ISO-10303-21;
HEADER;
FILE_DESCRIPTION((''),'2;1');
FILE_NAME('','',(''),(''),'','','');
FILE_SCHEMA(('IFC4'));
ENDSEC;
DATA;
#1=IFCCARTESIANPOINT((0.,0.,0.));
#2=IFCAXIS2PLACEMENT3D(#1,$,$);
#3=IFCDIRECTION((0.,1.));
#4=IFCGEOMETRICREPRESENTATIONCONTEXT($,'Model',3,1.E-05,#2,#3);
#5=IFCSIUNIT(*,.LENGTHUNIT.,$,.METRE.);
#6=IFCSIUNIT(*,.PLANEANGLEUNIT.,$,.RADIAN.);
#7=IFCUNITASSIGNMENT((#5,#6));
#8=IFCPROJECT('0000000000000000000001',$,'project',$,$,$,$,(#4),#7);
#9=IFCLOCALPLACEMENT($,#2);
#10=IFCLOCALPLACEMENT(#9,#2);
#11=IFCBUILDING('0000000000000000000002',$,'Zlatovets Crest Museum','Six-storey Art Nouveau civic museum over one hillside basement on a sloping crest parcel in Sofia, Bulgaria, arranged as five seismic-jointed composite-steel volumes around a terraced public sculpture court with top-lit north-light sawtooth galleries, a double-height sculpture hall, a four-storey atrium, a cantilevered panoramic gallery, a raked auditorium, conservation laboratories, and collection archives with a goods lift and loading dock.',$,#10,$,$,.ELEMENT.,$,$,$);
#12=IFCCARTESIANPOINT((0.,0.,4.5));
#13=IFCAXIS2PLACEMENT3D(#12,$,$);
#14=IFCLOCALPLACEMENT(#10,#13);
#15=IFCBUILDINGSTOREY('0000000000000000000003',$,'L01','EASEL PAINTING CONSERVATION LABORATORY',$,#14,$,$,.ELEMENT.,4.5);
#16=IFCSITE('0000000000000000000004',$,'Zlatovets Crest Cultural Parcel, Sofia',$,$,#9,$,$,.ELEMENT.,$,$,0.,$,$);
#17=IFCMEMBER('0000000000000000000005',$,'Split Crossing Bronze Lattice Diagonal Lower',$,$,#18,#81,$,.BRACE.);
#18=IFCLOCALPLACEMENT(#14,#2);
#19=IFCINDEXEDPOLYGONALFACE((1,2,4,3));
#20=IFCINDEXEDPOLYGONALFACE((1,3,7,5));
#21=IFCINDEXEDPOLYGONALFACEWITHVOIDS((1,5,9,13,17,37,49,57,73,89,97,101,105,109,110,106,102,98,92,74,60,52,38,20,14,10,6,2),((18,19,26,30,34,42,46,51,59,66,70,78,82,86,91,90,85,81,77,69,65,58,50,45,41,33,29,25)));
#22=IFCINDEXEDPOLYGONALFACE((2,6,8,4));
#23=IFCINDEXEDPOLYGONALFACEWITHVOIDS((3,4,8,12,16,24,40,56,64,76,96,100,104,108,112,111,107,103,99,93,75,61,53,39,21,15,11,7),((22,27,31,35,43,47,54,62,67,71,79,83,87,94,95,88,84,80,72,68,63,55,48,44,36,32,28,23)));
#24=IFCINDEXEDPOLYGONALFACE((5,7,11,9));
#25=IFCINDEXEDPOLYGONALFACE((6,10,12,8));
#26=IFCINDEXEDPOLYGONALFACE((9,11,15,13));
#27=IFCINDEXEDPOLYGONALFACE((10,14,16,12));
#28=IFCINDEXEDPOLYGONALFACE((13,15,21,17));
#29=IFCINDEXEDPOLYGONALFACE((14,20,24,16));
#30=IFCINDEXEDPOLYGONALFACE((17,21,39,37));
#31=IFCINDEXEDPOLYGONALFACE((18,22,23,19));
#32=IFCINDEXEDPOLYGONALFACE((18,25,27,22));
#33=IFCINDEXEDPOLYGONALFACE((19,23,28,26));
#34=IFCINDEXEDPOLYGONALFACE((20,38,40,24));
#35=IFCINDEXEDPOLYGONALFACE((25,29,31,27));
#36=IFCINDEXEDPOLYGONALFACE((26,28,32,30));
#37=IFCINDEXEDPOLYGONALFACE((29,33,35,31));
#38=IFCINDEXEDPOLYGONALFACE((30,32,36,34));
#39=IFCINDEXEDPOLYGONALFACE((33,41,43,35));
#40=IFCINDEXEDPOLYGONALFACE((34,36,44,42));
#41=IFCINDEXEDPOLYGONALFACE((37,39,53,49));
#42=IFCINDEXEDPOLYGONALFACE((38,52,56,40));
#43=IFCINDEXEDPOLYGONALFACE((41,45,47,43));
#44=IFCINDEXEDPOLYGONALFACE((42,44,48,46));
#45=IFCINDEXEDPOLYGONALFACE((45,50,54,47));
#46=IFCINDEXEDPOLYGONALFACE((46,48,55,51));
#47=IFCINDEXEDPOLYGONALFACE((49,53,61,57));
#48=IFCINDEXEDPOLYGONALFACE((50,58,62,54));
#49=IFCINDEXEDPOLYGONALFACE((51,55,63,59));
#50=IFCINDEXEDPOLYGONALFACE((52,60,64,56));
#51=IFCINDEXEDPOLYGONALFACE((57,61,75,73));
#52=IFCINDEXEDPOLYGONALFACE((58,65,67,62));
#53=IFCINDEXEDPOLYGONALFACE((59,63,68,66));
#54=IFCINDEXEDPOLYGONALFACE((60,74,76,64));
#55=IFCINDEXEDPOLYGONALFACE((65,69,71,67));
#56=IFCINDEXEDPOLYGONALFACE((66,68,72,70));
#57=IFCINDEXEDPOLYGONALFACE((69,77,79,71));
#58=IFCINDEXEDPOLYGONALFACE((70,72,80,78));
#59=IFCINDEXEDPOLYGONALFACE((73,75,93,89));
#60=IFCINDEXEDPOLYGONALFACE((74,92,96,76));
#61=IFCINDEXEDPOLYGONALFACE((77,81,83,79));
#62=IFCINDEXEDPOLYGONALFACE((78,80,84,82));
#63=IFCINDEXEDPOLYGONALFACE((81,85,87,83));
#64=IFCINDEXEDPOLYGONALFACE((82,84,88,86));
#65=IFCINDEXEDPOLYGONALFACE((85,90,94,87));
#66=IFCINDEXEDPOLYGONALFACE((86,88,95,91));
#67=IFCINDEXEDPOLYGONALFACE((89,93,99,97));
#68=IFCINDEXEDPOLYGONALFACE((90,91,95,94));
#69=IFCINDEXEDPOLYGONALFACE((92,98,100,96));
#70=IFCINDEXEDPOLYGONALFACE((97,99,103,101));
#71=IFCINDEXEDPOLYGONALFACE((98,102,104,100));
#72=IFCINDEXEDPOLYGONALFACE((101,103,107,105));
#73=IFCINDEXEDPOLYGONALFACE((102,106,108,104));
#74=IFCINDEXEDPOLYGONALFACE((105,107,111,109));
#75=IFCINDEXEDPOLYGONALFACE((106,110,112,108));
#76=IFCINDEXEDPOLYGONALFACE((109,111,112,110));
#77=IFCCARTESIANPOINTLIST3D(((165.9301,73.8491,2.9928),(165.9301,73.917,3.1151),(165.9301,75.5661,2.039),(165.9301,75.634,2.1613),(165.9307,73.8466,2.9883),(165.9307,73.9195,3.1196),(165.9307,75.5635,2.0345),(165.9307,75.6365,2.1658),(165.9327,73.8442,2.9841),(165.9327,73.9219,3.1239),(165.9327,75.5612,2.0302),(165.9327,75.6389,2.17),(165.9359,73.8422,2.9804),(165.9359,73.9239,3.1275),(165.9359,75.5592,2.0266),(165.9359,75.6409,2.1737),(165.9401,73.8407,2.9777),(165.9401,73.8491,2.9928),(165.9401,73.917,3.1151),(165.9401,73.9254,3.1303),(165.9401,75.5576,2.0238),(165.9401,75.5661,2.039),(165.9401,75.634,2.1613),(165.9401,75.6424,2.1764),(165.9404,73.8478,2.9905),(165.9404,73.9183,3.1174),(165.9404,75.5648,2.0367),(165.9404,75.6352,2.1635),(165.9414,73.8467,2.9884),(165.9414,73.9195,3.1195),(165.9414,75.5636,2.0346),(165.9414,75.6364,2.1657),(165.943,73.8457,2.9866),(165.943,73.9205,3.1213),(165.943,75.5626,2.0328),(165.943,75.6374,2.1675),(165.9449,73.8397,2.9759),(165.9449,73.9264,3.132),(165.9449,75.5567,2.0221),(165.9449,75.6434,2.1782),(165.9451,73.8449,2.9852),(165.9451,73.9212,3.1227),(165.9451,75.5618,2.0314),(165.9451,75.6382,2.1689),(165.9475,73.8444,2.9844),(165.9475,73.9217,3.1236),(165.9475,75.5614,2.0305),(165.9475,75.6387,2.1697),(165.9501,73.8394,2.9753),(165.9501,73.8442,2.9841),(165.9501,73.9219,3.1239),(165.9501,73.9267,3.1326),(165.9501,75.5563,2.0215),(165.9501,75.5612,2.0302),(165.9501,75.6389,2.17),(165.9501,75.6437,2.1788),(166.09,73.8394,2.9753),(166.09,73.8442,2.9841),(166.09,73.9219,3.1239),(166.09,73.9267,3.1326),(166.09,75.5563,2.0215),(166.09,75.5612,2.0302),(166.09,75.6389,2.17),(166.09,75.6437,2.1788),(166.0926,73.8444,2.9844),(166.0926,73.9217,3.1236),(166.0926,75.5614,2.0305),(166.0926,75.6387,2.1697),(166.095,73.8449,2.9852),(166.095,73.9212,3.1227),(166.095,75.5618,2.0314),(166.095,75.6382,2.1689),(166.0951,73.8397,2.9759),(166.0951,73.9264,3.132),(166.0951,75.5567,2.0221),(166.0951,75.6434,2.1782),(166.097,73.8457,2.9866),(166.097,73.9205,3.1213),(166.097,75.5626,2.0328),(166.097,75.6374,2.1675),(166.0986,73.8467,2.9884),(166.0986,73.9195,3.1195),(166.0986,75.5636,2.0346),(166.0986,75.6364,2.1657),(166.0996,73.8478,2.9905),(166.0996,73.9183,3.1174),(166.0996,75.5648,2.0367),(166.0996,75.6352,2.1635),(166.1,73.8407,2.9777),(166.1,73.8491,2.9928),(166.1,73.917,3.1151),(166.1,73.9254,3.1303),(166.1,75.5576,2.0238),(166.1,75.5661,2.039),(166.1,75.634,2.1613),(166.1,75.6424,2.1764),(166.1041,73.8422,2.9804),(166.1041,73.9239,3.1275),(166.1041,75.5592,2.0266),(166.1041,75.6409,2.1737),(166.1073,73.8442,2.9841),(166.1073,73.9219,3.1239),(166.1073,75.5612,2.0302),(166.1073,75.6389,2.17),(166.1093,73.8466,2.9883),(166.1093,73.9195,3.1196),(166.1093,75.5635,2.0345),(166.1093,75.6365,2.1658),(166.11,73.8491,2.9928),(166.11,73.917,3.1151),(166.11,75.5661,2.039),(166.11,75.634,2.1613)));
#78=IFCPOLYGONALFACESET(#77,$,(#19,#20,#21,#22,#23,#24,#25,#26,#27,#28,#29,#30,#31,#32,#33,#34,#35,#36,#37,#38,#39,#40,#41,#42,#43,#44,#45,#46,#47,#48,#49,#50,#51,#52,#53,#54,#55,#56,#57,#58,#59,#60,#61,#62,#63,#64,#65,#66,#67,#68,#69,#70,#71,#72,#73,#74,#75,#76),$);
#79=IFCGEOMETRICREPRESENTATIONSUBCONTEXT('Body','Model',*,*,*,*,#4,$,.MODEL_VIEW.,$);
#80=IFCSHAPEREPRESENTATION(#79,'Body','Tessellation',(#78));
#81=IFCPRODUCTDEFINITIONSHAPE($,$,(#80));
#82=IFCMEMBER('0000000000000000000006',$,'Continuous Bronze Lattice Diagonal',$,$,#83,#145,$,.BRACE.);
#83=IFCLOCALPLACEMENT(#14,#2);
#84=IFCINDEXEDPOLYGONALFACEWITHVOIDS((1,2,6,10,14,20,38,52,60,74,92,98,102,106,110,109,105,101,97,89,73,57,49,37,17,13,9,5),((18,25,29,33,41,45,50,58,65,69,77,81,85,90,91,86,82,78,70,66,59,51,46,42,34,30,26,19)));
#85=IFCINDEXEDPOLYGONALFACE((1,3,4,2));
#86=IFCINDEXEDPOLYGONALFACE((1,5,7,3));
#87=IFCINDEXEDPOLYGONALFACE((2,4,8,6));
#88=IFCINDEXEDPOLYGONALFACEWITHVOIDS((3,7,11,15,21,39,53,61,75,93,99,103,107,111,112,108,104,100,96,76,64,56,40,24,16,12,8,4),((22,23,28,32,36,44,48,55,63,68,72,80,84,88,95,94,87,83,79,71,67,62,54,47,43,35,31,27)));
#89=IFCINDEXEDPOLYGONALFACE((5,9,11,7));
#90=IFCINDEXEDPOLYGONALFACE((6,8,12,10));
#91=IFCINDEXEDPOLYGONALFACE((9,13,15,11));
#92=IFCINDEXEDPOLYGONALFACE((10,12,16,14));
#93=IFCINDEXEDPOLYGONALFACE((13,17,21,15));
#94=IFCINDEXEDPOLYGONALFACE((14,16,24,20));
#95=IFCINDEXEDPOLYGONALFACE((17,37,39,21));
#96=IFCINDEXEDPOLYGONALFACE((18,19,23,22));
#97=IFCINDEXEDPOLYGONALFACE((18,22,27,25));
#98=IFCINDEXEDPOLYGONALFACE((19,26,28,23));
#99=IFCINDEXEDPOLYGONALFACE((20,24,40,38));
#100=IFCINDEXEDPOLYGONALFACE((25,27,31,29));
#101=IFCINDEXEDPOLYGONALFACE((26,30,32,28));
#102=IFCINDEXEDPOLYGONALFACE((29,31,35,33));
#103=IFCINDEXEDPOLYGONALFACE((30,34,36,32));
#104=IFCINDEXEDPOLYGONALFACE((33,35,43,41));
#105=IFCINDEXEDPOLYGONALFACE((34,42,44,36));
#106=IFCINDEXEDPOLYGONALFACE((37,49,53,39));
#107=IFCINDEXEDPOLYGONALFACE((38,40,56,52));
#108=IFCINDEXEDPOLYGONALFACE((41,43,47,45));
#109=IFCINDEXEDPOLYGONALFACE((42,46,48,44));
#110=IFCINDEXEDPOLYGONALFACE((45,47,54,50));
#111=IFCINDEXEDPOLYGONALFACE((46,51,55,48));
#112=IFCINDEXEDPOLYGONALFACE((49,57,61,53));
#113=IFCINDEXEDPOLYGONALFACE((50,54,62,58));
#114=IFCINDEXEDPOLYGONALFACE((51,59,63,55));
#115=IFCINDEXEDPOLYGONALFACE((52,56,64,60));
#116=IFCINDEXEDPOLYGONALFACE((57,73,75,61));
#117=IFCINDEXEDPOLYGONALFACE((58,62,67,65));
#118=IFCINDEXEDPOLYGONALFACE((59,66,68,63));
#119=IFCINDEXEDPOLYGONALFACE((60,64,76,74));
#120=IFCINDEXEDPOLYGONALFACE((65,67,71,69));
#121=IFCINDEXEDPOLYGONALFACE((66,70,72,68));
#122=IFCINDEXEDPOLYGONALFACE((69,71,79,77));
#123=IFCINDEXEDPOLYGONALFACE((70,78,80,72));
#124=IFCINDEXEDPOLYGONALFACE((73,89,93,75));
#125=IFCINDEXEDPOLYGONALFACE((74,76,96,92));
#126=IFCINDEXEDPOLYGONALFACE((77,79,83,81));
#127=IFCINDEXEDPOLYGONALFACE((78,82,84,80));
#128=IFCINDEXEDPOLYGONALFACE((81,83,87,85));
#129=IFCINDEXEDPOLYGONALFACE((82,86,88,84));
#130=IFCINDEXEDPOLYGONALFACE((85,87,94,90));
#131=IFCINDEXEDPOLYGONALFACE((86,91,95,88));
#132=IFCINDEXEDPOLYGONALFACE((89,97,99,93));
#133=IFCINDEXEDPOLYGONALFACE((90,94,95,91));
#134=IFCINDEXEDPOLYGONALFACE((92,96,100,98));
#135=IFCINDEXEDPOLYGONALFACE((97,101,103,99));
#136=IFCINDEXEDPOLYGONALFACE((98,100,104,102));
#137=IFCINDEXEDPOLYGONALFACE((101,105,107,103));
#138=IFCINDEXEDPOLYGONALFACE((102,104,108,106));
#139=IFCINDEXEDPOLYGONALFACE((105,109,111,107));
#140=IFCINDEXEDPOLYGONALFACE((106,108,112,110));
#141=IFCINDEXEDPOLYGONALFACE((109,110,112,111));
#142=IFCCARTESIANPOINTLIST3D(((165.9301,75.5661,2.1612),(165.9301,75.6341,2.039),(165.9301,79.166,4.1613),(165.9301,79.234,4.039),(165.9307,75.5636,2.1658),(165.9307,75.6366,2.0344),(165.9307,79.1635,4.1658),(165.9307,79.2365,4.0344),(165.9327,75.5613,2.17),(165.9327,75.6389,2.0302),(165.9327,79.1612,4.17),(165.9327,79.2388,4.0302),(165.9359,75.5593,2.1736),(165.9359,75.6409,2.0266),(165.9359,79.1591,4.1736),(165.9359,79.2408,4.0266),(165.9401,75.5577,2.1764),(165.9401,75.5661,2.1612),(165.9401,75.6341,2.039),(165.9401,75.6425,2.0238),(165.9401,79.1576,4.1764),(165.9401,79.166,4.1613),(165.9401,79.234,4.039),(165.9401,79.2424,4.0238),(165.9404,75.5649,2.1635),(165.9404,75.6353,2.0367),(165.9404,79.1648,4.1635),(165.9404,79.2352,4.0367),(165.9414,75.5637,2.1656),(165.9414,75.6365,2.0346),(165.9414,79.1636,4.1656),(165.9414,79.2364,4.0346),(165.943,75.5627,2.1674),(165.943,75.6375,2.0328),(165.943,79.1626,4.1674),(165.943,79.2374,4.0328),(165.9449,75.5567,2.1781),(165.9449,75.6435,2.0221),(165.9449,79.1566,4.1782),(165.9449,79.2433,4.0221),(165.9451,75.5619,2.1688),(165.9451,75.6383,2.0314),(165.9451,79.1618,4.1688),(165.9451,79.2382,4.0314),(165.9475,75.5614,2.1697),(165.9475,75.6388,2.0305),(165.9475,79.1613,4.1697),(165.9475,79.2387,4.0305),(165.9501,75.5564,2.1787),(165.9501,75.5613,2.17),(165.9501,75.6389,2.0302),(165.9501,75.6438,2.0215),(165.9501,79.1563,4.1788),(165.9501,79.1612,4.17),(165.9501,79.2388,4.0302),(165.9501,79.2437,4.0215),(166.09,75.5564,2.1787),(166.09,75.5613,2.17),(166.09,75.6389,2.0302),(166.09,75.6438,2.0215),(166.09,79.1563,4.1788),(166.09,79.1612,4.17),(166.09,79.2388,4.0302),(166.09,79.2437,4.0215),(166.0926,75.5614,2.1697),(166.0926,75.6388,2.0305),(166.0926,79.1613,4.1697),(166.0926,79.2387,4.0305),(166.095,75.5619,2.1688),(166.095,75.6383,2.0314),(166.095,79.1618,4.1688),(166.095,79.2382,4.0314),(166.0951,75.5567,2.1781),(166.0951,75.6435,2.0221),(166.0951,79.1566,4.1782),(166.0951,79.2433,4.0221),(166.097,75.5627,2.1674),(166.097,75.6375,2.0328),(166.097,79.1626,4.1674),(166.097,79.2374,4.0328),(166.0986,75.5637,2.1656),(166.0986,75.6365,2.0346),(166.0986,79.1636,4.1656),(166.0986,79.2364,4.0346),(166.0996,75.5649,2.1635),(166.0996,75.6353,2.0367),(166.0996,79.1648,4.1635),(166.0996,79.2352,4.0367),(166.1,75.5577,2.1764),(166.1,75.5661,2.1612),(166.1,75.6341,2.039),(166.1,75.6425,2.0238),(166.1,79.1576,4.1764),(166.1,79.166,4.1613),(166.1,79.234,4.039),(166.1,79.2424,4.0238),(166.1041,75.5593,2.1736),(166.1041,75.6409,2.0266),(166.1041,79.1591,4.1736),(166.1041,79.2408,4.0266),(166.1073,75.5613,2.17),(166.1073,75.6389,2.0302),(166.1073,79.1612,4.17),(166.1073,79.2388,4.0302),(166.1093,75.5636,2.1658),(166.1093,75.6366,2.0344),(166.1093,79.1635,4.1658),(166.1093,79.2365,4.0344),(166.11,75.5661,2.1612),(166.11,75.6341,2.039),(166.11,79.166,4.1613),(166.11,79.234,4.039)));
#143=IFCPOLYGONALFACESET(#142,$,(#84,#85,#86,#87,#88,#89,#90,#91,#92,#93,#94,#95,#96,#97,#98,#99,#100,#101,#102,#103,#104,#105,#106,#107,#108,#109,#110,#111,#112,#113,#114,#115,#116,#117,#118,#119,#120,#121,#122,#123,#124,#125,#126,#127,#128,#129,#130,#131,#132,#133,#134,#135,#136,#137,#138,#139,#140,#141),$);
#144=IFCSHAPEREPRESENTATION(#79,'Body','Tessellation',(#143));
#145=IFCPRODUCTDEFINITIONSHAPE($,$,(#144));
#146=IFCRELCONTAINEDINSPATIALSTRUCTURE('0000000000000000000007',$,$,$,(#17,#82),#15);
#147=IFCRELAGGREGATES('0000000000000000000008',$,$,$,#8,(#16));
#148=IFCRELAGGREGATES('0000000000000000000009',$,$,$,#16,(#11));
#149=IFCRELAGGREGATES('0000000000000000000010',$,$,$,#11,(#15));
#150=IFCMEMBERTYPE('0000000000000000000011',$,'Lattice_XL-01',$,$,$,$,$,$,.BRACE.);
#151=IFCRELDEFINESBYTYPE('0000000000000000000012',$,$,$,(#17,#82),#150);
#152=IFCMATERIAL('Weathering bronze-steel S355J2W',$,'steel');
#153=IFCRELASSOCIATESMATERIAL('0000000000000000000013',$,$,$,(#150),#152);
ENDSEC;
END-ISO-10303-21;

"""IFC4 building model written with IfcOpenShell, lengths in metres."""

from ifc_helpers import new_model, si_unit, direction, frame, origin, origin_2d, place, context, subcontext, project, spatial, hollow_rectangle, extrude, material, material_profile, profile_set, type_object, element, save


model = new_model("IFC4")

# Units and contexts
model_context = context("Model", 3, precision=1e-05, world=origin(), true_north=direction((0.0, 1.0)))
body_context = subcontext(model_context, "Body", "Model", "MODEL_VIEW")
ifc_project = project(units=[si_unit("LENGTHUNIT", "METRE"), si_unit("PLANEANGLEUNIT", "RADIAN")], contexts=[model_context])

# Site, building, storey
site_placement = place(None, origin())
site = spatial("IfcSite", under=ifc_project, at=site_placement, Name="Zlatovets Crest Cultural Parcel, Sofia", CompositionType="ELEMENT", RefElevation=0.0)
building_placement = place(site_placement, origin())
building = spatial("IfcBuilding", under=site, at=building_placement, Name="Zlatovets Crest Museum", Description="Six-storey Art Nouveau civic museum over one hillside basement on a sloping crest parcel in Sofia, Bulgaria, arranged as five seismic-jointed composite-steel volumes around a terraced public sculpture court with top-lit north-light sawtooth galleries, a double-height sculpture hall, a four-storey atrium, a cantilevered panoramic gallery, a raked auditorium, conservation laboratories, and collection archives with a goods lift and loading dock.", CompositionType="ELEMENT")
storey_placement = place(building_placement, frame((0.0, 0.0, 4.5)))
storey = spatial("IfcBuildingStorey", under=building, at=storey_placement, Name="L01", Description="EASEL PAINTING CONSERVATION LABORATORY", CompositionType="ELEMENT", Elevation=4.5)

# Members
ifc_material_1 = material(Name="Weathering bronze-steel S355J2W", Category="steel")
ifc_material_profile_1 = material_profile(ifc_material_1, hollow_rectangle(XDim=0.1799, YDim=0.1799, WallThickness=0.01, InnerFilletRadius=0.01, OuterFilletRadius=0.02, at=origin_2d()), Name="SHS 180x180x10.0")
ifc_profile_set_1 = profile_set([ifc_material_profile_1], Name="Weathering bronze-steel S355J2W")
member_type_1 = type_object("IfcMemberType", Name="Lattice_XL-01", PredefinedType="BRACE", material=ifc_profile_set_1)
member_1_placement = place(storey_placement, frame((166.02, 73.8831, 3.054), z_axis=(0.0, 0.874169, -0.485622), x_axis=(-1.0, 0.0, 0.0)))
element("IfcMember", 1, at=member_1_placement, inside=storey, type_object=member_type_1, Name="Split Crossing Bronze Lattice Diagonal Lower", PredefinedType="BRACE", context=body_context, shape_type="SweptSolid", body=[
    extrude(hollow_rectangle(XDim=0.1799, YDim=0.1799, WallThickness=0.01, InnerFilletRadius=0.01, OuterFilletRadius=0.02, at=origin_2d()), origin(), (0.0, 0.0, 1.0), 1.9641),
])
member_2_placement = place(storey_placement, frame((166.02, 75.6001, 2.1001), z_axis=(0.0, 0.874149, 0.485658), x_axis=(-1.0, 0.0, 0.0)))
element("IfcMember", 2, at=member_2_placement, inside=storey, type_object=member_type_1, Name="Continuous Bronze Lattice Diagonal", PredefinedType="BRACE", context=body_context, shape_type="SweptSolid", body=[
    extrude(hollow_rectangle(XDim=0.1799, YDim=0.1799, WallThickness=0.01, InnerFilletRadius=0.01, OuterFilletRadius=0.02, at=origin_2d()), origin(), (0.0, 0.0, 1.0), 4.1182),
])

save(model, "model.ifc")
